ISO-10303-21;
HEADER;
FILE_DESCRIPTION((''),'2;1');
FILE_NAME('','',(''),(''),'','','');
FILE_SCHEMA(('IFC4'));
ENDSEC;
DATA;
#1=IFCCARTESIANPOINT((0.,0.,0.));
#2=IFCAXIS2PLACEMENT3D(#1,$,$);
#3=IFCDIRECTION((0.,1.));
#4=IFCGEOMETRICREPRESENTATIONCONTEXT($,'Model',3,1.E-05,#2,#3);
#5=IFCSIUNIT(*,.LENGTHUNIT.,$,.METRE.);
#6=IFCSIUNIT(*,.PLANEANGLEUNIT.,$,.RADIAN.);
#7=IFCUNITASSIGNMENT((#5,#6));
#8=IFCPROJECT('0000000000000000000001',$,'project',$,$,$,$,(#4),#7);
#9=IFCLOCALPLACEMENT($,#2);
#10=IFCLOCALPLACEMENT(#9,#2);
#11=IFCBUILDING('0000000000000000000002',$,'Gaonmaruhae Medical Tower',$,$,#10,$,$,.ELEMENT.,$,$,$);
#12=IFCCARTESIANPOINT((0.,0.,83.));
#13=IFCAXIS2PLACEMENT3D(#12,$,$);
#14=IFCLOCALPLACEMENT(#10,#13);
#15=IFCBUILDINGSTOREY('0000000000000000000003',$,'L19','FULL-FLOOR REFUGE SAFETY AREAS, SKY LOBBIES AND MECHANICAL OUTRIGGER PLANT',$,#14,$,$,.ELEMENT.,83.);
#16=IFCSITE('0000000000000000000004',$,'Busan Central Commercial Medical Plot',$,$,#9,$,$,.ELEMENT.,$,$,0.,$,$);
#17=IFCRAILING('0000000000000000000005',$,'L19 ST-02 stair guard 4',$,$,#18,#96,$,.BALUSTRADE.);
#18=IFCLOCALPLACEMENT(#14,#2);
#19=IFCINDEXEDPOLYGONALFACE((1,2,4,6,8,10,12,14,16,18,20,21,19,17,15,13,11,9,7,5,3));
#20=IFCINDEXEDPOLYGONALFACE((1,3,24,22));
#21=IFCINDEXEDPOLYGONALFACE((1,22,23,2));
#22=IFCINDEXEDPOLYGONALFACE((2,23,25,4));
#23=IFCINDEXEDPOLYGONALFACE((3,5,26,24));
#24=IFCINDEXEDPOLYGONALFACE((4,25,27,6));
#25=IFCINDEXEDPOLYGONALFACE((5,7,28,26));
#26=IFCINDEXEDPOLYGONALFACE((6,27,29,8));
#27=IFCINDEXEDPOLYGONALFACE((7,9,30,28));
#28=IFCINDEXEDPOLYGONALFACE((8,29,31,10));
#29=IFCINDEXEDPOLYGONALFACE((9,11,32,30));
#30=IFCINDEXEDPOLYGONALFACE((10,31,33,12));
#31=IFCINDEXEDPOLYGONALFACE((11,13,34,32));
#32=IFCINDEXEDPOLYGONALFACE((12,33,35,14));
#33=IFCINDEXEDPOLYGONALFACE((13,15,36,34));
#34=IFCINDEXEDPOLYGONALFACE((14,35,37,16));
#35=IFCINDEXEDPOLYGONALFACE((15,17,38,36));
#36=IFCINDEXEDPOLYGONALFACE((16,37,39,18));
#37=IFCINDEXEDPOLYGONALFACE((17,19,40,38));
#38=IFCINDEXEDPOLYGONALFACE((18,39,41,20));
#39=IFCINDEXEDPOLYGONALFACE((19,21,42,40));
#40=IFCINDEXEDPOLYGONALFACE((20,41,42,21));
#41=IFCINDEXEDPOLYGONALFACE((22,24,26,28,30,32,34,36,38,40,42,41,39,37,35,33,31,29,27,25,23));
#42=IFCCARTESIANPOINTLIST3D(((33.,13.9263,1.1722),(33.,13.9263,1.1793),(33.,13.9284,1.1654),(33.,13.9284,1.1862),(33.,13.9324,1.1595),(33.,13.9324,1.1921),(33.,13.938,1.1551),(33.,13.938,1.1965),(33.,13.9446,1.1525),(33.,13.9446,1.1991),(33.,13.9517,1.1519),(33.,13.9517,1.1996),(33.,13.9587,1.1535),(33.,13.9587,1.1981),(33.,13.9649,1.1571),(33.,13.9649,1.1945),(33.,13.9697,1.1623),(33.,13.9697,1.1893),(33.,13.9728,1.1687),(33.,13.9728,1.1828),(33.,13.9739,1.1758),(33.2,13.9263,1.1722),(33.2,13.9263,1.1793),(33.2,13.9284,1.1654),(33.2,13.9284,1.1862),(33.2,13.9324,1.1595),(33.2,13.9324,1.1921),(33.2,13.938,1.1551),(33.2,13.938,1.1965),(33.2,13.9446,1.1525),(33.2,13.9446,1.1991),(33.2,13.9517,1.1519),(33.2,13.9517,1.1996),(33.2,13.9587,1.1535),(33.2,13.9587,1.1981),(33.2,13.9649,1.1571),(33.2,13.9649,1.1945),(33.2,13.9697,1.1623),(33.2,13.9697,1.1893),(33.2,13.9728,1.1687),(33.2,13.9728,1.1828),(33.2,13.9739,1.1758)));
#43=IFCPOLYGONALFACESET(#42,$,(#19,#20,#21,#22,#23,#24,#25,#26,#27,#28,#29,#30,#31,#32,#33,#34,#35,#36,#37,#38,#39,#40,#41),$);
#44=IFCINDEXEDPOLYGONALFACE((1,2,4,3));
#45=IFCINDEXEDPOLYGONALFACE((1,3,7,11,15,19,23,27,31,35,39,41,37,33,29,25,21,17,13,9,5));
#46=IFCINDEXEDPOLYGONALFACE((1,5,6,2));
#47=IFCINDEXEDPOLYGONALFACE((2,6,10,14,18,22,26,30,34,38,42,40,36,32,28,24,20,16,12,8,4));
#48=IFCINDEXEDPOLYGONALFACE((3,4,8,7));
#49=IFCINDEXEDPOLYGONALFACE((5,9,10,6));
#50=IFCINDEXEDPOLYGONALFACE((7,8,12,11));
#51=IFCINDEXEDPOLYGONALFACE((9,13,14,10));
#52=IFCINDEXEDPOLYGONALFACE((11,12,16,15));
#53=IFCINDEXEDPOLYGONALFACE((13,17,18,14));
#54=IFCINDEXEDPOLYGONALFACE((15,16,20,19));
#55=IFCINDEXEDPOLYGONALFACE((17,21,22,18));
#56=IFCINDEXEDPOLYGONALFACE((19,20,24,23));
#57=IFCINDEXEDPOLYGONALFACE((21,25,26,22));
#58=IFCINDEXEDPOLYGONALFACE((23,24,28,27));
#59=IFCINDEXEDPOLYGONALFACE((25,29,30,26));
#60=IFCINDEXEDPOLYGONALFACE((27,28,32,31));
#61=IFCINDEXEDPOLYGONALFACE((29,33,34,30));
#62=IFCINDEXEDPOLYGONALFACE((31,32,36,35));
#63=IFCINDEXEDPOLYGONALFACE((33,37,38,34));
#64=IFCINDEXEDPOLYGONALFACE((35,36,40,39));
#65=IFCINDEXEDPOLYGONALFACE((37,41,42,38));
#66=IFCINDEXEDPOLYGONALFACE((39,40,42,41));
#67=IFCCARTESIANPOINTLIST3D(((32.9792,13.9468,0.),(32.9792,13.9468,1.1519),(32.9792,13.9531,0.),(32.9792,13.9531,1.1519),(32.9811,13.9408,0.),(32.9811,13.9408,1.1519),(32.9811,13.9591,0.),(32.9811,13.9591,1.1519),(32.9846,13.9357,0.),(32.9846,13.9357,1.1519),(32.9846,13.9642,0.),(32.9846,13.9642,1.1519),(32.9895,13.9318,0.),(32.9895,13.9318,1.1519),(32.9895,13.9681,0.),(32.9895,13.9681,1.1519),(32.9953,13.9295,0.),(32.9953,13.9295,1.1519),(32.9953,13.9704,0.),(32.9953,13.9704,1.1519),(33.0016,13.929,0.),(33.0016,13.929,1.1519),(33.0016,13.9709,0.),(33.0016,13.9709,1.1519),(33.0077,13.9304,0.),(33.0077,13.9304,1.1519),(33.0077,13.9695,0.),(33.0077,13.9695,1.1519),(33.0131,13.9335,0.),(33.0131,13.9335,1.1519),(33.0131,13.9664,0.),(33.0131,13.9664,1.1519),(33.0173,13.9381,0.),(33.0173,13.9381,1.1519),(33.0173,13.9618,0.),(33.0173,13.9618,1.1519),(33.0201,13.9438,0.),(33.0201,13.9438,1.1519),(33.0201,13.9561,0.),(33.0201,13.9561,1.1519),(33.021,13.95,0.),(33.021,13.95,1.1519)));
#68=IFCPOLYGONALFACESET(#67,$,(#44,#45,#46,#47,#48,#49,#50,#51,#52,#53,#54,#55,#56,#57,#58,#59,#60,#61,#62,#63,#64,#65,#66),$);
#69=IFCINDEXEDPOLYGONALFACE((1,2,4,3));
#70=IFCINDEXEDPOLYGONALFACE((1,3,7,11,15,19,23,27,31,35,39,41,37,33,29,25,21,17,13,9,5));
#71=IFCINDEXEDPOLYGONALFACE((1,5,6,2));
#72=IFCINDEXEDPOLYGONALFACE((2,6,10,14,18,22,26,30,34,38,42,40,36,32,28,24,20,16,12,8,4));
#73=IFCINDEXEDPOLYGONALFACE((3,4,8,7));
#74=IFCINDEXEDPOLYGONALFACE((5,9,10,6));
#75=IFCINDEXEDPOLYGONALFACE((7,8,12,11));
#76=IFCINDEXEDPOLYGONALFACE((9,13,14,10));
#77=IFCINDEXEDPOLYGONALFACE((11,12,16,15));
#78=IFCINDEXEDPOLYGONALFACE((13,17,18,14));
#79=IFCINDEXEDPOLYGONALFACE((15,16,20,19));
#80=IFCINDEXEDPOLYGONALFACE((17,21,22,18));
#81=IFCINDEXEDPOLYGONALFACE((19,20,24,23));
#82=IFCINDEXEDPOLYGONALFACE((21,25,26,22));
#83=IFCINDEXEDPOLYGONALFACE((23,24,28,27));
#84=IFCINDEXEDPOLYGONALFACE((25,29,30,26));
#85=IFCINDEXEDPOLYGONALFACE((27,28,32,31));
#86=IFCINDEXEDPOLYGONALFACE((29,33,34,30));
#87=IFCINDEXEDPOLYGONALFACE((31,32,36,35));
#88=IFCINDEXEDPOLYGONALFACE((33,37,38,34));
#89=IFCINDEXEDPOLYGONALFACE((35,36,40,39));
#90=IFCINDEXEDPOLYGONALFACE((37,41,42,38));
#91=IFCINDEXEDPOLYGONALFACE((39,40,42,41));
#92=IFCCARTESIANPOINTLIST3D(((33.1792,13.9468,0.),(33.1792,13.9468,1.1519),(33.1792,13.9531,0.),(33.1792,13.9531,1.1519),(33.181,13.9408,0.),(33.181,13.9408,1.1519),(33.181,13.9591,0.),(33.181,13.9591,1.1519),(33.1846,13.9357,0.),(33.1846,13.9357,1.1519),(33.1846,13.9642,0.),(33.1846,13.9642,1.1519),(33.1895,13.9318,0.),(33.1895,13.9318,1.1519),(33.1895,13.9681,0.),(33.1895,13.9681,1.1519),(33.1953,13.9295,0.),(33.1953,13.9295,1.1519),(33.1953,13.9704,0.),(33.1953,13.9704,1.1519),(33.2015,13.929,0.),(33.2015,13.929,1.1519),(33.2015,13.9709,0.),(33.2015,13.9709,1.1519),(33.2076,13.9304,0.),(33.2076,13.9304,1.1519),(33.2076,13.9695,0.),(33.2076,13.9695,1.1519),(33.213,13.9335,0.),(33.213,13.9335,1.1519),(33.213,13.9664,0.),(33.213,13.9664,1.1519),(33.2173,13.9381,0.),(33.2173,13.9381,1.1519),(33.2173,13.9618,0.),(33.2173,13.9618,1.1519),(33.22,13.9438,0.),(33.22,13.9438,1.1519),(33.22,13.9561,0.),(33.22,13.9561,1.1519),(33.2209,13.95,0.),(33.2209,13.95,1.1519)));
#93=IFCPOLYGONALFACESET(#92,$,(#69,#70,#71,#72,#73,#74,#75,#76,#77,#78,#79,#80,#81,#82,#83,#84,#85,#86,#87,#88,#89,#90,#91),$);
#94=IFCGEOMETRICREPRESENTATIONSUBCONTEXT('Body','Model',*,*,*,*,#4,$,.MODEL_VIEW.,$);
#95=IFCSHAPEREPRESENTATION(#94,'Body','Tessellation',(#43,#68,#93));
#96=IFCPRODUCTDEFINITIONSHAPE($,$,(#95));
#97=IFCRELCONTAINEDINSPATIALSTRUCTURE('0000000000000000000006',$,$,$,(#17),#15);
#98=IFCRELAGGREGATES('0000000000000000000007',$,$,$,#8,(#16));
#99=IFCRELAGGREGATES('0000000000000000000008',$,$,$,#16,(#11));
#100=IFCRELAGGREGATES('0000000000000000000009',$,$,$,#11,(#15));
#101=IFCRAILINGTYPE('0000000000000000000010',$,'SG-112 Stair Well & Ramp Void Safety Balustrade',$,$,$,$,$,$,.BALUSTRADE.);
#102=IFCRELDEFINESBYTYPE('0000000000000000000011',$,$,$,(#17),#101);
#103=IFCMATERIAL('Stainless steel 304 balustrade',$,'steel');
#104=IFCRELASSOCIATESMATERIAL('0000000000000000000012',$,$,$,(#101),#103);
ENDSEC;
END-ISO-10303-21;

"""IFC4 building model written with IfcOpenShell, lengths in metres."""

from ifc_helpers import new_model, si_unit, direction, frame, origin, origin_2d, place, context, subcontext, project, spatial, circle, extrude, material, type_object, element, save


model = new_model("IFC4")

# Units and contexts
model_context = context("Model", 3, precision=1e-05, world=origin(), true_north=direction((0.0, 1.0)))
body_context = subcontext(model_context, "Body", "Model", "MODEL_VIEW")
ifc_project = project(units=[si_unit("LENGTHUNIT", "METRE"), si_unit("PLANEANGLEUNIT", "RADIAN")], contexts=[model_context])

# Site, building, storey
site_placement = place(None, origin())
site = spatial("IfcSite", under=ifc_project, at=site_placement, Name="Busan Central Commercial Medical Plot", CompositionType="ELEMENT", RefElevation=0.0)
building_placement = place(site_placement, origin())
building = spatial("IfcBuilding", under=site, at=building_placement, Name="Gaonmaruhae Medical Tower", CompositionType="ELEMENT")
storey_placement = place(building_placement, frame((0.0, 0.0, 83.0)))
storey = spatial("IfcBuildingStorey", under=building, at=storey_placement, Name="L19", Description="FULL-FLOOR REFUGE SAFETY AREAS, SKY LOBBIES AND MECHANICAL OUTRIGGER PLANT", CompositionType="ELEMENT", Elevation=83.0)

# Railing
ifc_material_1 = material(Name="Stainless steel 304 balustrade", Category="steel")
railing_type = type_object("IfcRailingType", Name="SG-112 Stair Well & Ramp Void Safety Balustrade", PredefinedType="BALUSTRADE", material=ifc_material_1)
railing_1_placement = place(storey_placement, frame((33.0, 13.95, 0.0)))
element("IfcRailing", 1, at=railing_1_placement, inside=storey, type_object=railing_type, Name="L19 ST-02 stair guard 4", PredefinedType="BALUSTRADE", context=body_context, shape_type="SweptSolid", body=[
    extrude(circle(Radius=0.0239, at=origin_2d()), frame((0.0, 0.0, 1.1758), z_axis=(1.0, 0.0, 0.0), x_axis=(0.0, 1.0, 0.0)), (0.0, 0.0, 1.0), 0.2),
    extrude(circle(Radius=0.021, at=origin_2d()), origin(), (0.0, 0.0, 1.0), 1.1519),
    extrude(circle(Radius=0.021, at=origin_2d()), frame((0.2, 0.0, 0.0)), (0.0, 0.0, 1.0), 1.1519),
])

save(model, "model.ifc")
